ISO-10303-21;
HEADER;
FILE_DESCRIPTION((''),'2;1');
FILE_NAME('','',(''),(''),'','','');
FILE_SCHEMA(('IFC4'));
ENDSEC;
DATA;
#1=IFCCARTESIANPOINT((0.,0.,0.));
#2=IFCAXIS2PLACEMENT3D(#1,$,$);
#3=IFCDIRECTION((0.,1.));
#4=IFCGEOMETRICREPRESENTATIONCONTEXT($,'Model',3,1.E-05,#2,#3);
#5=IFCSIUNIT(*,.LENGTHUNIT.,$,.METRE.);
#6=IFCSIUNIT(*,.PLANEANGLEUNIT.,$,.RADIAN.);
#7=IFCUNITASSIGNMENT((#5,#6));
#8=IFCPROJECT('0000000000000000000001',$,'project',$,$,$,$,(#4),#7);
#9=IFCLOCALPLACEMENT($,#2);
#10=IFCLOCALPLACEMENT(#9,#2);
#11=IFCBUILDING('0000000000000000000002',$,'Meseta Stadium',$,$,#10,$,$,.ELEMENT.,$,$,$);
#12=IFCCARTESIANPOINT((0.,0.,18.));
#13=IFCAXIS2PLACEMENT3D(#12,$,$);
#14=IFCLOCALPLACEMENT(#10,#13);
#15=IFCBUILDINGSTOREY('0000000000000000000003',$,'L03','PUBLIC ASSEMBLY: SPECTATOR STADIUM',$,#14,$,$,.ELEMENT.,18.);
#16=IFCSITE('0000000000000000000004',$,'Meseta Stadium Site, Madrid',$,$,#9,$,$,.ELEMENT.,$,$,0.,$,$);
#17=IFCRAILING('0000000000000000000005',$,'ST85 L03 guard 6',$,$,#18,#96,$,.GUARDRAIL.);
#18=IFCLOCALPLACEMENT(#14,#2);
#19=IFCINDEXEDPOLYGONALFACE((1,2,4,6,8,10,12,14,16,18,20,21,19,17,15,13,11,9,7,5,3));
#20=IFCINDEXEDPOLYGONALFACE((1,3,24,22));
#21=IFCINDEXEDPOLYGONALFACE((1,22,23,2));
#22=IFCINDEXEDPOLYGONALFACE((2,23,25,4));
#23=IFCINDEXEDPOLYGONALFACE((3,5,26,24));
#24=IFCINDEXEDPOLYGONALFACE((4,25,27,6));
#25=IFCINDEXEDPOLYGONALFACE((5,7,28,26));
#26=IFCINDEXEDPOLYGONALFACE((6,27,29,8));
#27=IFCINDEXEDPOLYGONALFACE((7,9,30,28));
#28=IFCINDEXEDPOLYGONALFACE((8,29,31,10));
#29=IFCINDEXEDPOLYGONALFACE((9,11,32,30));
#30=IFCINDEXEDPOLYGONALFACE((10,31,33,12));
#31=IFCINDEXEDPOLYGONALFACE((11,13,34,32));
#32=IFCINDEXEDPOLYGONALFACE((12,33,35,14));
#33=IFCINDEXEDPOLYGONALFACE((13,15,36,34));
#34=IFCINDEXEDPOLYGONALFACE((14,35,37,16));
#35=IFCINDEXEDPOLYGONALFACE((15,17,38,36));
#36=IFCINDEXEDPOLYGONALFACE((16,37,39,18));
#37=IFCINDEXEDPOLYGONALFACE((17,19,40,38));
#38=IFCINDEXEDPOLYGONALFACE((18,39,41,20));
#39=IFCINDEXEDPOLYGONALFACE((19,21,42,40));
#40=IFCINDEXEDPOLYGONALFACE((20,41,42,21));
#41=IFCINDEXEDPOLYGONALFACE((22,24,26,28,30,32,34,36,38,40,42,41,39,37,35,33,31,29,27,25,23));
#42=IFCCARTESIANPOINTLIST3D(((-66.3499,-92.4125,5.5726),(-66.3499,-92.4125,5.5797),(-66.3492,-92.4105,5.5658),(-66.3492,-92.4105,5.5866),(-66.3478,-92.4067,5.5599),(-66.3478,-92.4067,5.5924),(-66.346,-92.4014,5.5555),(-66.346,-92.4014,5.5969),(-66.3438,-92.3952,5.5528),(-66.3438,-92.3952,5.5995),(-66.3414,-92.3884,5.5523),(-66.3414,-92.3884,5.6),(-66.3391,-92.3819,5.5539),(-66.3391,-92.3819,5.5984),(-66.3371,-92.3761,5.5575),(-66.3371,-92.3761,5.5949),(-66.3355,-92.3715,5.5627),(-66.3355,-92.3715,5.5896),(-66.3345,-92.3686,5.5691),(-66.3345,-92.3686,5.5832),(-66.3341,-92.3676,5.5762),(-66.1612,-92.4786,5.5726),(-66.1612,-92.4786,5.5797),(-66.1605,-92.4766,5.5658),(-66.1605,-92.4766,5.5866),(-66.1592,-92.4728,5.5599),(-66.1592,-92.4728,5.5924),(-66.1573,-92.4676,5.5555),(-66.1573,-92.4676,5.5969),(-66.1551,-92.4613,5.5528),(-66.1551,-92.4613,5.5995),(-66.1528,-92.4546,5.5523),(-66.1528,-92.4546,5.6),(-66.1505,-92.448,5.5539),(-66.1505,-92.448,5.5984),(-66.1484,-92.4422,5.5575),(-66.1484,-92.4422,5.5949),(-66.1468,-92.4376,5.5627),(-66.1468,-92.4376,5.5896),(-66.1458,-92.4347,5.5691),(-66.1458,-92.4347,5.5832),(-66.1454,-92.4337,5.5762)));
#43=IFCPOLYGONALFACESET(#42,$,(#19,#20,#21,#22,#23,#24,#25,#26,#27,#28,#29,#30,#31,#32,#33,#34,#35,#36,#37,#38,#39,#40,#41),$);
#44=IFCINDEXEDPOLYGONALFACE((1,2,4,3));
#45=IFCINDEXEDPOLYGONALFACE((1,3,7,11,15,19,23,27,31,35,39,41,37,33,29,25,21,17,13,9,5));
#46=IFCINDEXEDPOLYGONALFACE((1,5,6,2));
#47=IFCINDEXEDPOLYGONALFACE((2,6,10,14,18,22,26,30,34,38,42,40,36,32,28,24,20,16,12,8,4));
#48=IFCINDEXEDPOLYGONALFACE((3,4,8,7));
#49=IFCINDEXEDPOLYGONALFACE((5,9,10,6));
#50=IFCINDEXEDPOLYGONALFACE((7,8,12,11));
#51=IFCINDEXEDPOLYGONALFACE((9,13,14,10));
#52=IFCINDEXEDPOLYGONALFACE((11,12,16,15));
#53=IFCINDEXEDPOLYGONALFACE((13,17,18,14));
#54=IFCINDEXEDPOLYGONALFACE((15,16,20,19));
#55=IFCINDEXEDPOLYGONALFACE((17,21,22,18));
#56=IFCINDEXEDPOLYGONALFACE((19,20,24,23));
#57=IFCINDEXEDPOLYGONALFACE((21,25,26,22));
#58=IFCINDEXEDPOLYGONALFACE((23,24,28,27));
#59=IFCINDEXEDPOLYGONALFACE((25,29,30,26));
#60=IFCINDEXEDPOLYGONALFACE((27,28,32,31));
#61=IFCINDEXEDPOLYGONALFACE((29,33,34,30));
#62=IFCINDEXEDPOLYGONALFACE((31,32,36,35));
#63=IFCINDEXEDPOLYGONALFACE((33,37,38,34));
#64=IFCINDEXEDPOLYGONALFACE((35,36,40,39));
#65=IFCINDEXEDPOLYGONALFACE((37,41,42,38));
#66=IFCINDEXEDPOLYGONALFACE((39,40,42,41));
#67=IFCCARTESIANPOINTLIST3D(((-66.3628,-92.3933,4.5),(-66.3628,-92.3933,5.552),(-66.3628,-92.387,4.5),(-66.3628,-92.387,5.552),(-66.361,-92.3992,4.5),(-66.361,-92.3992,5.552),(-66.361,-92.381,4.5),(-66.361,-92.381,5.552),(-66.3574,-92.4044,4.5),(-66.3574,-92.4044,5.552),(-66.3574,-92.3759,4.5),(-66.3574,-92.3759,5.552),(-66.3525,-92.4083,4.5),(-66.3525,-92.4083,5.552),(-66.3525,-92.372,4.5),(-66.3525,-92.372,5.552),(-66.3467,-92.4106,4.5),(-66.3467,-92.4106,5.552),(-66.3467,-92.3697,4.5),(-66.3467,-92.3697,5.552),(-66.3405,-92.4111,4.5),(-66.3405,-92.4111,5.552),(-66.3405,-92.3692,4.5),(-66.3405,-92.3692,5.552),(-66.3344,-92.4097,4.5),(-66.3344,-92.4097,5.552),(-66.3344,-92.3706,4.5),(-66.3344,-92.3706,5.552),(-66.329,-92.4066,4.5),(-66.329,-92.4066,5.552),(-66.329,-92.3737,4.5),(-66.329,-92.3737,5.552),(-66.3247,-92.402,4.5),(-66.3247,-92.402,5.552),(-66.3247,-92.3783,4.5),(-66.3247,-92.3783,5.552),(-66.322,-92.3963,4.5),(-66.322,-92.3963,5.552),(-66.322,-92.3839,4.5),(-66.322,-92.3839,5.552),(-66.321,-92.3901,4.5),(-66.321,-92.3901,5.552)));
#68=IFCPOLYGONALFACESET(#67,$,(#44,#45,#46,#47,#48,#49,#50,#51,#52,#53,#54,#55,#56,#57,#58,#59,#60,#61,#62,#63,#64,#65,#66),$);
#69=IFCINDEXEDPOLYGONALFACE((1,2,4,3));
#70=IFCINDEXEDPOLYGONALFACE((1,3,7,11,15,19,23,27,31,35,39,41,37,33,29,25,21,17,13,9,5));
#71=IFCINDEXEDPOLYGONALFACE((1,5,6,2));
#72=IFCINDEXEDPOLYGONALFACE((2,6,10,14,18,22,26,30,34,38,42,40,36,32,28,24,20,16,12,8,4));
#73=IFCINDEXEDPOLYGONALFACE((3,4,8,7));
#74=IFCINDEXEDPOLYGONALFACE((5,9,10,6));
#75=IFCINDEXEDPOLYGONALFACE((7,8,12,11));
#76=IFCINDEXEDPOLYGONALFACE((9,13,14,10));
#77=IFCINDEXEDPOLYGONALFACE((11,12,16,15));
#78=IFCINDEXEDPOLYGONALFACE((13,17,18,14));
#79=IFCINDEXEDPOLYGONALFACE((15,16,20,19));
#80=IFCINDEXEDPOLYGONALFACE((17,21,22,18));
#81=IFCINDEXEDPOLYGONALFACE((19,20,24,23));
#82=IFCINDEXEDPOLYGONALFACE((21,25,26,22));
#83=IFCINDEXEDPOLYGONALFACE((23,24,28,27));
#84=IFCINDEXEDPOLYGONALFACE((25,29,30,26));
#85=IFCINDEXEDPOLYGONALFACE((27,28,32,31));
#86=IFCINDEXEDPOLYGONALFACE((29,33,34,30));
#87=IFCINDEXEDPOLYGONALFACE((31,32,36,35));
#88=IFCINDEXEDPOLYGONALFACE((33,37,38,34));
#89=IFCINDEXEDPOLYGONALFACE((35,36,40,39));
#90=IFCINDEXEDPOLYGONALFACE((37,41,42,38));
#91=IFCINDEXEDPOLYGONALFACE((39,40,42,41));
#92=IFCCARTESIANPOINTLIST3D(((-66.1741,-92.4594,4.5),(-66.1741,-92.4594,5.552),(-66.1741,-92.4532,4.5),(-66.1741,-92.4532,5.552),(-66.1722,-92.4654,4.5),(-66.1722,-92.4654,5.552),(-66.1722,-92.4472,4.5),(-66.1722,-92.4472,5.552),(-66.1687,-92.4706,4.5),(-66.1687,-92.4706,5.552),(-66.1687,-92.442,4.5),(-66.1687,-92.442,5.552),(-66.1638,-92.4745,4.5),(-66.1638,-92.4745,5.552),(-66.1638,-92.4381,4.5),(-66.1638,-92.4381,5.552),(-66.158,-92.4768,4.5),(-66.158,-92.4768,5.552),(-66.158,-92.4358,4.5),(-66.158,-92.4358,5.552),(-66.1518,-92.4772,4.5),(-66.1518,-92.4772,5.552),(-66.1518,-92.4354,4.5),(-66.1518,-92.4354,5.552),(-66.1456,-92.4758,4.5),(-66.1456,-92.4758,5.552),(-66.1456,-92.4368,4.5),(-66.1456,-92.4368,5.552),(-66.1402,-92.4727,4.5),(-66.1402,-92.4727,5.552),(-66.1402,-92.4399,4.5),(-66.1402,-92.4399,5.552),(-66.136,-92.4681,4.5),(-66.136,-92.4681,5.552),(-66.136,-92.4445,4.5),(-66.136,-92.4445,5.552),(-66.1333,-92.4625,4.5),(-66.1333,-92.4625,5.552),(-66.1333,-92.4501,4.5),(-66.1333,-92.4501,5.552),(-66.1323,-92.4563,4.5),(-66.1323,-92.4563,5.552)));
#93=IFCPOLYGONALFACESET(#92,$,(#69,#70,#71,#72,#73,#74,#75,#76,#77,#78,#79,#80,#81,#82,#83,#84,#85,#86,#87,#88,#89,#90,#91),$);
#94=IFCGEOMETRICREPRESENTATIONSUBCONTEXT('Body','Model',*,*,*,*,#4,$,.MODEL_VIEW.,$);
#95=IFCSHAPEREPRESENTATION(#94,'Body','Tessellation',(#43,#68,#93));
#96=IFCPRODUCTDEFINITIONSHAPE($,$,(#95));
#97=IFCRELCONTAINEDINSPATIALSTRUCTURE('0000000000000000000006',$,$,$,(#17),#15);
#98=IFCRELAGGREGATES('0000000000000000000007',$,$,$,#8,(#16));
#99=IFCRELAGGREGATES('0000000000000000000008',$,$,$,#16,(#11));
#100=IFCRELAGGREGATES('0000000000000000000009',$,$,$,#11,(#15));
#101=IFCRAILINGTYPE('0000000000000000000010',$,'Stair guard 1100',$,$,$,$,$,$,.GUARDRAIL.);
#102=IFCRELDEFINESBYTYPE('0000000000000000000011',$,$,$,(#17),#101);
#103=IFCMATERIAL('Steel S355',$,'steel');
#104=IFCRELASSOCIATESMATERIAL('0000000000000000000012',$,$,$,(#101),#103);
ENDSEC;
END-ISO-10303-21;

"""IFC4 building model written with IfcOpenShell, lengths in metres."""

from ifc_helpers import new_model, si_unit, direction, frame, origin, origin_2d, place, context, subcontext, project, spatial, circle, extrude, material, type_object, element, save


model = new_model("IFC4")

# Units and contexts
model_context = context("Model", 3, precision=1e-05, world=origin(), true_north=direction((0.0, 1.0)))
body_context = subcontext(model_context, "Body", "Model", "MODEL_VIEW")
ifc_project = project(units=[si_unit("LENGTHUNIT", "METRE"), si_unit("PLANEANGLEUNIT", "RADIAN")], contexts=[model_context])

# Site, building, storey
site_placement = place(None, origin())
site = spatial("IfcSite", under=ifc_project, at=site_placement, Name="Meseta Stadium Site, Madrid", CompositionType="ELEMENT", RefElevation=0.0)
building_placement = place(site_placement, origin())
building = spatial("IfcBuilding", under=site, at=building_placement, Name="Meseta Stadium", CompositionType="ELEMENT")
storey_placement = place(building_placement, frame((0.0, 0.0, 18.0)))
storey = spatial("IfcBuildingStorey", under=building, at=storey_placement, Name="L03", Description="PUBLIC ASSEMBLY: SPECTATOR STADIUM", CompositionType="ELEMENT", Elevation=18.0)

# Railing
ifc_material_1 = material(Name="Steel S355", Category="steel")
railing_type_1 = type_object("IfcRailingType", Name="Stair guard 1100", PredefinedType="GUARDRAIL", material=ifc_material_1)
railing_1_placement = place(storey_placement, frame((-66.342, -92.3901, 4.5)))
element("IfcRailing", 1, at=railing_1_placement, inside=storey, type_object=railing_type_1, Name="ST85 L03 guard 6", PredefinedType="GUARDRAIL", context=body_context, shape_type="SweptSolid", body=[
    extrude(circle(Radius=0.0239, at=origin_2d()), frame((0.0, 0.0, 1.0762), z_axis=(0.943687, -0.33084, 0.0), x_axis=(0.33084, 0.943687, 0.0)), (0.0, 0.0, 1.0), 0.2),
    extrude(circle(Radius=0.021, at=origin_2d()), origin(), (0.0, 0.0, 1.0), 1.052),
    extrude(circle(Radius=0.021, at=origin_2d()), frame((0.1887, -0.0662, 0.0)), (0.0, 0.0, 1.0), 1.052),
])

save(model, "model.ifc")
